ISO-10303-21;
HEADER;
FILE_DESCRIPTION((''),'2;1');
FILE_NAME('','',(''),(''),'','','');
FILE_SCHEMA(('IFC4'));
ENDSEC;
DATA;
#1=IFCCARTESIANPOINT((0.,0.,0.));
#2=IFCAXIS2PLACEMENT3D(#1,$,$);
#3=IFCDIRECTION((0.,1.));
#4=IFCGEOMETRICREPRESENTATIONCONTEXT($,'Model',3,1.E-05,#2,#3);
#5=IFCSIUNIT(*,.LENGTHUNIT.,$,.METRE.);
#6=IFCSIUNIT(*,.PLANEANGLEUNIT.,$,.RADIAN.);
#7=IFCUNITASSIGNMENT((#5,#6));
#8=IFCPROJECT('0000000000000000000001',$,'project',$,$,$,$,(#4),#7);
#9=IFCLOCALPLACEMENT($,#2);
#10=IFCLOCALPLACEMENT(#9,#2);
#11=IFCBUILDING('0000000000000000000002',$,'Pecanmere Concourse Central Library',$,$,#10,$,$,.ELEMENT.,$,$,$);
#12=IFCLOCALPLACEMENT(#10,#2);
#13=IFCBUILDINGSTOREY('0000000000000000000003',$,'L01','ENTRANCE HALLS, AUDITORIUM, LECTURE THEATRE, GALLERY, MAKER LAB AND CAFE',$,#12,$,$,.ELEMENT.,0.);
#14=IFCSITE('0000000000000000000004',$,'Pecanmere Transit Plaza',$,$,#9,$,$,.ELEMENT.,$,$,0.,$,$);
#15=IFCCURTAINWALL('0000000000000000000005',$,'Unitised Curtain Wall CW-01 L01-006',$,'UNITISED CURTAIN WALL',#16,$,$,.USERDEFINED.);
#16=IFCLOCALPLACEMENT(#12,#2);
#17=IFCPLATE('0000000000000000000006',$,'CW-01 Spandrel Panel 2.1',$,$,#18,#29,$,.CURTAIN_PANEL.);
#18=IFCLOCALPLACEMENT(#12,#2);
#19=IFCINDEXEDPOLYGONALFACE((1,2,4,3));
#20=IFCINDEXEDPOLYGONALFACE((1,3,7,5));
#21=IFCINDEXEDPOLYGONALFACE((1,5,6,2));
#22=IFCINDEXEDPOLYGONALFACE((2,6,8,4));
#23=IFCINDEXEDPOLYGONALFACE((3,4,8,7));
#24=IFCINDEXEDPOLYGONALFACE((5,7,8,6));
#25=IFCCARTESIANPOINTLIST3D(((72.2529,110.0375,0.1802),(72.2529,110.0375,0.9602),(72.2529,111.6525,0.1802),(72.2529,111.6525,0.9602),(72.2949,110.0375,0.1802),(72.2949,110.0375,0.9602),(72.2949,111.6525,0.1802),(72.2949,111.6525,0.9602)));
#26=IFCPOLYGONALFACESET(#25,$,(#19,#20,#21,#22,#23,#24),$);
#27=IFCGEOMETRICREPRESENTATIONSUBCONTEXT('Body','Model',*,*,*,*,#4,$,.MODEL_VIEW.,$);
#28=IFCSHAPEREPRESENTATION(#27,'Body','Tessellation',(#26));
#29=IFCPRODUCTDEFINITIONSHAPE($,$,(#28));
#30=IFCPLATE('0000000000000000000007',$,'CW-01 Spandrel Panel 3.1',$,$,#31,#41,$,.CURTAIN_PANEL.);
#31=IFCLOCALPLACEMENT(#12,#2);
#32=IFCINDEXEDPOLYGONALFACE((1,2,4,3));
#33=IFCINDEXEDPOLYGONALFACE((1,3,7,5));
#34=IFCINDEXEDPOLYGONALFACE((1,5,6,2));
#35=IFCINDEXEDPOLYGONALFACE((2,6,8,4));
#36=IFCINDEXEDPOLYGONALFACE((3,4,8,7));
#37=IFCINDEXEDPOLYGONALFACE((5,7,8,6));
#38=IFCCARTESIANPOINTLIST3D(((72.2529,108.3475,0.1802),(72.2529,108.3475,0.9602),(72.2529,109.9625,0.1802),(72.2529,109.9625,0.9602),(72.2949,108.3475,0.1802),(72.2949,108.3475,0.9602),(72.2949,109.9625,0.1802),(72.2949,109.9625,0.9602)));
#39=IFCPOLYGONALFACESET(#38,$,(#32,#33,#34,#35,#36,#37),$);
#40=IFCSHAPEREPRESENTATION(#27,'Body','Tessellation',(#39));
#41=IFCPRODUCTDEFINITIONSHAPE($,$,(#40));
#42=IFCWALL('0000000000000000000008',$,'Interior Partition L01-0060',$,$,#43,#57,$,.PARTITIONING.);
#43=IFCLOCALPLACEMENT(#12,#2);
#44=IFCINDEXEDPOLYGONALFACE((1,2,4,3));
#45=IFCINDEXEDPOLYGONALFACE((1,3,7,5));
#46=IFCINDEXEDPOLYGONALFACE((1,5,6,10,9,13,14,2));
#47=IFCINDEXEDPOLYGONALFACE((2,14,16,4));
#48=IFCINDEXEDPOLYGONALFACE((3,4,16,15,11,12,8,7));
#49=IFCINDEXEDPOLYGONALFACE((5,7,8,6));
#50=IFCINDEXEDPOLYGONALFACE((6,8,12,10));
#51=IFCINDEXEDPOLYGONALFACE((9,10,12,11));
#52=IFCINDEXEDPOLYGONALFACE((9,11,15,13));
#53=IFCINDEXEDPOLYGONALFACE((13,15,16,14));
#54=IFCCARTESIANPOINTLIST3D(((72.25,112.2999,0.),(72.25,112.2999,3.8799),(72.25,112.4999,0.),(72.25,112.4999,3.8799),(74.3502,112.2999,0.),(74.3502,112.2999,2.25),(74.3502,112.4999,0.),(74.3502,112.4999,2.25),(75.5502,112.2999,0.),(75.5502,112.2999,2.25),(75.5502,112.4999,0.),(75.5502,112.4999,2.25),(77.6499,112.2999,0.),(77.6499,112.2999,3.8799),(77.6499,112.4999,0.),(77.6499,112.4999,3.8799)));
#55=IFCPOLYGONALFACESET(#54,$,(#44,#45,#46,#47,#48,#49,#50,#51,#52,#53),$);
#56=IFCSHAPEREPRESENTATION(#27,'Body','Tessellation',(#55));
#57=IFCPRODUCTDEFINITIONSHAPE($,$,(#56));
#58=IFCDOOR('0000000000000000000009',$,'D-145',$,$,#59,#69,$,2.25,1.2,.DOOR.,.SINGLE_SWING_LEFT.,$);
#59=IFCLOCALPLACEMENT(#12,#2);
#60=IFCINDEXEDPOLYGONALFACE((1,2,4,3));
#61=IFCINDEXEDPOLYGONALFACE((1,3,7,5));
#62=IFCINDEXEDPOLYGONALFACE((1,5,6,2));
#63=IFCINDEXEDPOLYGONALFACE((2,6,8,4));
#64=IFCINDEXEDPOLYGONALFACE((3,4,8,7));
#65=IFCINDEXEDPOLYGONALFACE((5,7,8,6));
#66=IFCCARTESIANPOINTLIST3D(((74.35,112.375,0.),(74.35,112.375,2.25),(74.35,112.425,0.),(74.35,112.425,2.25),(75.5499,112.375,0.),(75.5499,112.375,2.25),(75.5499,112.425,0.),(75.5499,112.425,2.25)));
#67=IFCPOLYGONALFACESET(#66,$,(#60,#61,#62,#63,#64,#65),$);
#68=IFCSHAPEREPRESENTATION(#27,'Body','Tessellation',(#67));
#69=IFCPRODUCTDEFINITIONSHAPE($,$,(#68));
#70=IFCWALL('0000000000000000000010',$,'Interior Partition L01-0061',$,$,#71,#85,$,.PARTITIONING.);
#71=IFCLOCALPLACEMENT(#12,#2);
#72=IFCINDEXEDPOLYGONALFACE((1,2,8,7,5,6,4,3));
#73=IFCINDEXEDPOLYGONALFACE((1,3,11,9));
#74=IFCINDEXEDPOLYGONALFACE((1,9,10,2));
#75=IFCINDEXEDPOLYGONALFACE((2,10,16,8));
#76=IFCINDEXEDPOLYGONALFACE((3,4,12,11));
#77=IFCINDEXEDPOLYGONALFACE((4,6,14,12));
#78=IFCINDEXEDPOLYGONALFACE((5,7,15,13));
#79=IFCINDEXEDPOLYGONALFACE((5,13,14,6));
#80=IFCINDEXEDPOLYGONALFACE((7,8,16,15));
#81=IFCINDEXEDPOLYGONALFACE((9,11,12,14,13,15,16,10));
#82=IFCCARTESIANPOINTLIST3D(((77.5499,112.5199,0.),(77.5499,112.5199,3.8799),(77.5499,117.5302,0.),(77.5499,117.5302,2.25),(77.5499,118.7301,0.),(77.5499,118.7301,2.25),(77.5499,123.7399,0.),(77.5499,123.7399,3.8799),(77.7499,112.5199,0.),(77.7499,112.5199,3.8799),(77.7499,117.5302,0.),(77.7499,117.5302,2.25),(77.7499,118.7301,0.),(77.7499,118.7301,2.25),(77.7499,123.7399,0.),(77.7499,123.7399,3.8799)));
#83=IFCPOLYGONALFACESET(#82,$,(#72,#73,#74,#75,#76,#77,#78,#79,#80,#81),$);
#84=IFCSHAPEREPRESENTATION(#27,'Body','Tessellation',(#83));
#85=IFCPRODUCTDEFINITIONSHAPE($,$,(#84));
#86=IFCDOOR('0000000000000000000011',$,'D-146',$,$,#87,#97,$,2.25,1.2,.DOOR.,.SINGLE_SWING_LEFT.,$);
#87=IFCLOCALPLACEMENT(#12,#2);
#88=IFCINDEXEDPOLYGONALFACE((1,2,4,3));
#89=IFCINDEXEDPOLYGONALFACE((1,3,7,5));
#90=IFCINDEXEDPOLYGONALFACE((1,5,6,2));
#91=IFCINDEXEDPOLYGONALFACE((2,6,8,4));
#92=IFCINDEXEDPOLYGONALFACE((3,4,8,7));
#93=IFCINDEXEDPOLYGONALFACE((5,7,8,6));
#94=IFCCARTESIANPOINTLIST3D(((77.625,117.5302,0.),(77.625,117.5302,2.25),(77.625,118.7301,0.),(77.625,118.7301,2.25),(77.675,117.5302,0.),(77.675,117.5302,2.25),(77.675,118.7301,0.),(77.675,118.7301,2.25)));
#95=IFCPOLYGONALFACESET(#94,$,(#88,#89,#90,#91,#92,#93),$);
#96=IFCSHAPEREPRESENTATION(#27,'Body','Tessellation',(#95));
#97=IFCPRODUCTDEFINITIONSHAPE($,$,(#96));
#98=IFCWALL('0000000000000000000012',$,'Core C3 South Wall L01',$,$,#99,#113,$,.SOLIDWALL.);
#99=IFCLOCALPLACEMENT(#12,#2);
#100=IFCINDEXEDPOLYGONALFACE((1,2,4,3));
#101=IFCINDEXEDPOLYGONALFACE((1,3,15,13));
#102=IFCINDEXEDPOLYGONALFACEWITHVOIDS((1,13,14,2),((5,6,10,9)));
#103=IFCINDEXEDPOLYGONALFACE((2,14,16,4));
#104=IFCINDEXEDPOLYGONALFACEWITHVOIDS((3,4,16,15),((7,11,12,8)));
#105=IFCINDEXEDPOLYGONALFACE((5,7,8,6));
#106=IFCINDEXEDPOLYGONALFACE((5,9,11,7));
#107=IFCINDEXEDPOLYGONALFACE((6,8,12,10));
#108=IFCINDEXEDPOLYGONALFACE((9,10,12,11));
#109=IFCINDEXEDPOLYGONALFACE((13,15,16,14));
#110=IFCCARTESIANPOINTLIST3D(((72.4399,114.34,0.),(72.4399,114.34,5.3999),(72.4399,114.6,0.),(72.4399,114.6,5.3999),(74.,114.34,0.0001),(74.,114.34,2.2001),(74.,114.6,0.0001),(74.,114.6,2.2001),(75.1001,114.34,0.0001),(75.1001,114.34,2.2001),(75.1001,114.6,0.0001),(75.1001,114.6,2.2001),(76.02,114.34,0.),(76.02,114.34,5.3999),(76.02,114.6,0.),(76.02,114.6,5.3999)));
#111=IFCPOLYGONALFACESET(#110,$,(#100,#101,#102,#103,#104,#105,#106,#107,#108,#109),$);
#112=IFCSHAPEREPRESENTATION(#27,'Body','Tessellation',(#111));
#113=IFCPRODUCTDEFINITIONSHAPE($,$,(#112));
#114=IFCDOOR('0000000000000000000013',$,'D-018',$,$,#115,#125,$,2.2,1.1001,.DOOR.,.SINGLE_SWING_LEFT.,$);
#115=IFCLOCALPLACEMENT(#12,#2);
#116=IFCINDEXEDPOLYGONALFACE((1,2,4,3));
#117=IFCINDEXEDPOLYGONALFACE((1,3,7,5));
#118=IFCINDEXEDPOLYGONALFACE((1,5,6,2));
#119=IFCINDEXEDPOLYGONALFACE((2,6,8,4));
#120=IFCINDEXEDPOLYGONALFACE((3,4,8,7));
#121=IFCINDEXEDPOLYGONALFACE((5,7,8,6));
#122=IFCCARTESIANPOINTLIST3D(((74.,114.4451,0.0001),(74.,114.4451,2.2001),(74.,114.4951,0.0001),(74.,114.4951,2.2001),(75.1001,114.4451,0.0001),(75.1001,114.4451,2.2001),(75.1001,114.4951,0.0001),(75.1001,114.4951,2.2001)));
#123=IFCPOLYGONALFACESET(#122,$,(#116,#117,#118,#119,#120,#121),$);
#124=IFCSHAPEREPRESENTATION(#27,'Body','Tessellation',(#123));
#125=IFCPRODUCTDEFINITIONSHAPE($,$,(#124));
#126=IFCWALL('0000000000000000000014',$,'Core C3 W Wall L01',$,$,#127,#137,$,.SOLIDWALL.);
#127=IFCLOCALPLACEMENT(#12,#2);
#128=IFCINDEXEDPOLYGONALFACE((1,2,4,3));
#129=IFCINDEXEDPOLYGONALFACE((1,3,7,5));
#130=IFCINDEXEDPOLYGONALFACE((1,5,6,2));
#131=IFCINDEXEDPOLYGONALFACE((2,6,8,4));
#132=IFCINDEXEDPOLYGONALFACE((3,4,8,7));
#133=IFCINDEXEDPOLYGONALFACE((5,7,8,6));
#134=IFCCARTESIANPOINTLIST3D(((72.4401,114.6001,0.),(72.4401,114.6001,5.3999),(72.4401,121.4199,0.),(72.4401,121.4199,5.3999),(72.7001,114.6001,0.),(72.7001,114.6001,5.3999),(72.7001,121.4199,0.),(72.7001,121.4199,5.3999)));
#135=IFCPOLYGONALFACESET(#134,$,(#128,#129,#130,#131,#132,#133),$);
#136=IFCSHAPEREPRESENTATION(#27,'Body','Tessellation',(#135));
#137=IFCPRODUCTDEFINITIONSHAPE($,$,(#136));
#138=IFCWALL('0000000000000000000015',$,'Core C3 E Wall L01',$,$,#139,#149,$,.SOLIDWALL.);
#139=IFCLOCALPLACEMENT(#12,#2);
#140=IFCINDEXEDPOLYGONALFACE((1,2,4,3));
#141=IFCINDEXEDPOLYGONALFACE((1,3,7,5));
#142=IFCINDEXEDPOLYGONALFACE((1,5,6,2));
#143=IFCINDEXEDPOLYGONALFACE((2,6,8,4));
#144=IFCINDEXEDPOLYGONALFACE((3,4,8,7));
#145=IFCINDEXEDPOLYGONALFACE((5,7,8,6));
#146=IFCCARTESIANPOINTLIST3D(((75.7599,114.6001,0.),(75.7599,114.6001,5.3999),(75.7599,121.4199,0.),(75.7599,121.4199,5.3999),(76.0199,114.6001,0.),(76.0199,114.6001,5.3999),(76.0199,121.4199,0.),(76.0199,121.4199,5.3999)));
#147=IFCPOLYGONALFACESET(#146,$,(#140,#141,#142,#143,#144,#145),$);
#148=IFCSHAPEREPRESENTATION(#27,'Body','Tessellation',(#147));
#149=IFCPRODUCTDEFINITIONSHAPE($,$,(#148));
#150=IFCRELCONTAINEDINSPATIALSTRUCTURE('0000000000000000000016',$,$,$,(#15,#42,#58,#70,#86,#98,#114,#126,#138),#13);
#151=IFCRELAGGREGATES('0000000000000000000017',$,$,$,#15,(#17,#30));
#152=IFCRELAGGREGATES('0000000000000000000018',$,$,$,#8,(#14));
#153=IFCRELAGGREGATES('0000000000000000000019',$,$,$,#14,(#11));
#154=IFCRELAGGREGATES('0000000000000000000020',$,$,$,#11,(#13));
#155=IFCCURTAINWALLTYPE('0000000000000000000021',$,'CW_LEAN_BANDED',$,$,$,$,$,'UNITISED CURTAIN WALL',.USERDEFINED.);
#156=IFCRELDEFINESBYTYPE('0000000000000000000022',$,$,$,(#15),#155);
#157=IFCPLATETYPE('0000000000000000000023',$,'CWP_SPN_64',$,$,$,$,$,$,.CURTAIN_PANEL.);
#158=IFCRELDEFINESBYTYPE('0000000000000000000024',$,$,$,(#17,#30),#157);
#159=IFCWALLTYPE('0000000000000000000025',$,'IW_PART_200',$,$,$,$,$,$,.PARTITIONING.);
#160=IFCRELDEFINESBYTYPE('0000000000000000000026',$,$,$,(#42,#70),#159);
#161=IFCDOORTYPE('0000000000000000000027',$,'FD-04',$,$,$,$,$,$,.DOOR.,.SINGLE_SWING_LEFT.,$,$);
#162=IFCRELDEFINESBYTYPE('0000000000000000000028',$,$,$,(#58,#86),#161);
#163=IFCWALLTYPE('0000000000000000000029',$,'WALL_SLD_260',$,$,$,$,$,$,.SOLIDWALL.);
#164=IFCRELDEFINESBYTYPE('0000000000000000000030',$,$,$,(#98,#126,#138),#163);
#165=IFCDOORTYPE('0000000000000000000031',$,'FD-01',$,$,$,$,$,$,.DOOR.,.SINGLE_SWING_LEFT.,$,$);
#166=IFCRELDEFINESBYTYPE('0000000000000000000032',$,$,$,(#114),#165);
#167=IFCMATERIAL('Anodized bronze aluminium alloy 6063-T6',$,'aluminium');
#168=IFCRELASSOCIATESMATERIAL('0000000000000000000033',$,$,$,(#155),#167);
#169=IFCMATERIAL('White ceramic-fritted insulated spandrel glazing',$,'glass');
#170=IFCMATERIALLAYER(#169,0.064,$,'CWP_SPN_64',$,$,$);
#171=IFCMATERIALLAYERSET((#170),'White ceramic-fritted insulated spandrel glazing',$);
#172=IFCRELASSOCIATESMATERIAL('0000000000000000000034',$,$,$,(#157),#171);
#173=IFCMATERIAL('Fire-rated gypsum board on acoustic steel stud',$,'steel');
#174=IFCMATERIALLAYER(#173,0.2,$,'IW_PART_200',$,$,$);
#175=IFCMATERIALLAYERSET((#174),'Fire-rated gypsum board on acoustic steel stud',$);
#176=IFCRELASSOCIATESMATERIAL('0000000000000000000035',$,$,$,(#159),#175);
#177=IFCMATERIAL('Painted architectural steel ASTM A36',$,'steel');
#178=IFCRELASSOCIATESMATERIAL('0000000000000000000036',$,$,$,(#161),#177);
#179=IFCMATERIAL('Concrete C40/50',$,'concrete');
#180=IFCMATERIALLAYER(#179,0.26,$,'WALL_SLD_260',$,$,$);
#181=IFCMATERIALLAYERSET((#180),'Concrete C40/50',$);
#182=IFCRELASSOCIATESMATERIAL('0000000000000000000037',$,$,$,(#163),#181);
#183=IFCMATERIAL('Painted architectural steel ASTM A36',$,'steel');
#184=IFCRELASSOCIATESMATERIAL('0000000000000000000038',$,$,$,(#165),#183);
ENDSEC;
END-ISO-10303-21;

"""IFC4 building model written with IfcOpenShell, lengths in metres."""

from ifc_helpers import new_model, si_unit, direction, frame, frame_2d, origin, origin_2d, place, context, subcontext, project, spatial, rectangle, extrude, material, layer, layer_set, type_object, element, fill, aggregate, save


model = new_model("IFC4")

# Units and contexts
model_context = context("Model", 3, precision=1e-05, world=origin(), true_north=direction((0.0, 1.0)))
body_context = subcontext(model_context, "Body", "Model", "MODEL_VIEW")
ifc_project = project(units=[si_unit("LENGTHUNIT", "METRE"), si_unit("PLANEANGLEUNIT", "RADIAN")], contexts=[model_context])

# Site, building, storey
site_placement = place(None, origin())
site = spatial("IfcSite", under=ifc_project, at=site_placement, Name="Pecanmere Transit Plaza", CompositionType="ELEMENT", RefElevation=0.0)
building_placement = place(site_placement, origin())
building = spatial("IfcBuilding", under=site, at=building_placement, Name="Pecanmere Concourse Central Library", CompositionType="ELEMENT")
storey_placement = place(building_placement, origin())
storey = spatial("IfcBuildingStorey", under=building, at=storey_placement, Name="L01", Description="ENTRANCE HALLS, AUDITORIUM, LECTURE THEATRE, GALLERY, MAKER LAB AND CAFE", CompositionType="ELEMENT", Elevation=0.0)

# Shared definitions
ifc_material_1 = material(Name="Anodized bronze aluminium alloy 6063-T6", Category="aluminium")
curtain_wall_type = type_object("IfcCurtainWallType", Name="CW_LEAN_BANDED", ElementType="UNITISED CURTAIN WALL", PredefinedType="USERDEFINED", material=ifc_material_1)

# Curtain wall
curtain_wall_1_placement = place(storey_placement, origin())
curtain_wall_1 = element("IfcCurtainWall", 1, at=curtain_wall_1_placement, inside=storey, type_object=curtain_wall_type, Name="Unitised Curtain Wall CW-01 L01-006", ObjectType="UNITISED CURTAIN WALL", PredefinedType="USERDEFINED")

# Plates
ifc_material_2 = material(Name="White ceramic-fritted insulated spandrel glazing", Category="glass")
ifc_layer_1 = layer(ifc_material_2, 0.064, Name="CWP_SPN_64")
ifc_layer_set_1 = layer_set([ifc_layer_1], Name="White ceramic-fritted insulated spandrel glazing")
plate_type = type_object("IfcPlateType", Name="CWP_SPN_64", PredefinedType="CURTAIN_PANEL", material=ifc_layer_set_1)
plate_1_placement = place(storey_placement, frame((72.2739, 110.845, 0.1802), z_axis=(0.0, 0.0, 1.0), x_axis=(0.0, -1.0, 0.0)))
plate_1 = element("IfcPlate", 2, at=plate_1_placement, type_object=plate_type, Name="CW-01 Spandrel Panel 2.1", PredefinedType="CURTAIN_PANEL", context=body_context, shape_type="SweptSolid", body=[
    extrude(rectangle(XDim=1.615, YDim=0.042, at=origin_2d()), origin(), (0.0, 0.0, 1.0), 0.78),
])
plate_2_placement = place(storey_placement, frame((72.2739, 109.155, 0.1802), z_axis=(0.0, 0.0, 1.0), x_axis=(0.0, -1.0, 0.0)))
plate_2 = element("IfcPlate", 3, at=plate_2_placement, type_object=plate_type, Name="CW-01 Spandrel Panel 3.1", PredefinedType="CURTAIN_PANEL", context=body_context, shape_type="SweptSolid", body=[
    extrude(rectangle(XDim=1.615, YDim=0.042, at=origin_2d()), origin(), (0.0, 0.0, 1.0), 0.78),
])
aggregate(curtain_wall_1, [plate_1, plate_2])

# Walls, openings, doors
ifc_material_3 = material(Name="Fire-rated gypsum board on acoustic steel stud", Category="steel")
ifc_layer_2 = layer(ifc_material_3, 0.2, Name="IW_PART_200")
ifc_layer_set_2 = layer_set([ifc_layer_2], Name="Fire-rated gypsum board on acoustic steel stud")
wall_type_1 = type_object("IfcWallType", Name="IW_PART_200", PredefinedType="PARTITIONING", material=ifc_layer_set_2)
wall_1_placement = place(storey_placement, frame((72.25, 112.3999, 0.0), z_axis=(0.0, 0.0, 1.0), x_axis=(1.0, 0.0, 0.0)))
wall_1 = element("IfcWall", 4, at=wall_1_placement, inside=storey, type_object=wall_type_1, Name="Interior Partition L01-0060", PredefinedType="PARTITIONING", context=body_context, shape_type="SweptSolid", body=[
    extrude(rectangle(XDim=5.3999, YDim=0.2, at=frame_2d((2.7, 0.0))), origin(), (0.0, 0.0, 1.0), 3.8799),
])
opening_1_placement = place(wall_1_placement, frame((2.1001, 0.0, 0.0)))
opening_1 = element("IfcOpeningElement", 5, at=opening_1_placement, cuts=wall_1, PredefinedType="OPENING", context=body_context, shape_type="SweptSolid", body=[
    extrude(rectangle(XDim=1.2, YDim=2.25, at=frame_2d((0.6001, 1.125))), frame((0.0, 0.1118, 0.0), z_axis=(0.0, -1.0, 0.0), x_axis=(1.0, 0.0, 0.0)), (0.0, 0.0, 1.0), 0.2239),
])
ifc_material_4 = material(Name="Painted architectural steel ASTM A36", Category="steel")
door_type_1 = type_object("IfcDoorType", Name="FD-04", OperationType="SINGLE_SWING_LEFT", PredefinedType="DOOR", material=ifc_material_4)
door_1_placement = place(opening_1_placement, frame((1.2, 0.0, 0.0), z_axis=(0.0, 0.0, 1.0), x_axis=(-1.0, 0.0, 0.0)))
door_1 = element("IfcDoor", 6, at=door_1_placement, inside=storey, type_object=door_type_1, Name="D-145", OperationType="SINGLE_SWING_LEFT", OverallHeight=2.25, OverallWidth=1.2, PredefinedType="DOOR", context=body_context, shape_type="SweptSolid", body=[
    extrude(rectangle(XDim=1.2, YDim=2.25, at=frame_2d((0.6001, 1.125))), frame((0.0, 0.0249, 0.0), z_axis=(0.0, -1.0, 0.0), x_axis=(1.0, 0.0, 0.0)), (0.0, 0.0, 1.0), 0.05),
])
fill(opening_1, door_1)
wall_2_placement = place(storey_placement, frame((77.6499, 112.52, 0.0), z_axis=(0.0, 0.0, 1.0), x_axis=(0.0, 1.0, 0.0)))
wall_2 = element("IfcWall", 7, at=wall_2_placement, inside=storey, type_object=wall_type_1, Name="Interior Partition L01-0061", PredefinedType="PARTITIONING", context=body_context, shape_type="SweptSolid", body=[
    extrude(rectangle(XDim=11.22, YDim=0.2, at=frame_2d((5.6099, 0.0))), origin(), (0.0, 0.0, 1.0), 3.8799),
])
opening_2_placement = place(wall_2_placement, frame((5.01, 0.0, 0.0)))
opening_2 = element("IfcOpeningElement", 8, at=opening_2_placement, cuts=wall_2, PredefinedType="OPENING", context=body_context, shape_type="SweptSolid", body=[
    extrude(rectangle(XDim=1.2, YDim=2.25, at=frame_2d((0.6001, 1.125))), frame((0.0, 0.1118, 0.0), z_axis=(0.0, -1.0, 0.0), x_axis=(1.0, 0.0, 0.0)), (0.0, 0.0, 1.0), 0.2239),
])
door_2_placement = place(opening_2_placement, origin())
door_2 = element("IfcDoor", 9, at=door_2_placement, inside=storey, type_object=door_type_1, Name="D-146", OperationType="SINGLE_SWING_LEFT", OverallHeight=2.25, OverallWidth=1.2, PredefinedType="DOOR", context=body_context, shape_type="SweptSolid", body=[
    extrude(rectangle(XDim=1.2, YDim=2.25, at=frame_2d((0.6001, 1.125))), frame((0.0, 0.0249, 0.0), z_axis=(0.0, -1.0, 0.0), x_axis=(1.0, 0.0, 0.0)), (0.0, 0.0, 1.0), 0.05),
])
fill(opening_2, door_2)
ifc_material_5 = material(Name="Concrete C40/50", Category="concrete")
ifc_layer_3 = layer(ifc_material_5, 0.26, Name="WALL_SLD_260")
ifc_layer_set_3 = layer_set([ifc_layer_3], Name="Concrete C40/50")
wall_type_2 = type_object("IfcWallType", Name="WALL_SLD_260", PredefinedType="SOLIDWALL", material=ifc_layer_set_3)
wall_3_placement = place(storey_placement, frame((72.4399, 114.47, 0.0), z_axis=(0.0, 0.0, 1.0), x_axis=(1.0, 0.0, 0.0)))
wall_3 = element("IfcWall", 10, at=wall_3_placement, inside=storey, type_object=wall_type_2, Name="Core C3 South Wall L01", PredefinedType="SOLIDWALL", context=body_context, shape_type="SweptSolid", body=[
    extrude(rectangle(XDim=3.5801, YDim=0.26, at=frame_2d((1.79, 0.0))), origin(), (0.0, 0.0, 1.0), 5.3999),
])
opening_3_placement = place(wall_3_placement, frame((1.5601, 0.0, 0.0)))
opening_3 = element("IfcOpeningElement", 11, at=opening_3_placement, cuts=wall_3, PredefinedType="OPENING", context=body_context, shape_type="SweptSolid", body=[
    extrude(rectangle(XDim=1.1001, YDim=2.2, at=frame_2d((0.55, 1.1001))), frame((0.0, 0.1421, 0.0), z_axis=(0.0, -1.0, 0.0), x_axis=(1.0, 0.0, 0.0)), (0.0, 0.0, 1.0), 0.2839),
])
ifc_material_6 = material(Name="Painted architectural steel ASTM A36", Category="steel")
door_type_2 = type_object("IfcDoorType", Name="FD-01", OperationType="SINGLE_SWING_LEFT", PredefinedType="DOOR", material=ifc_material_6)
door_3_placement = place(opening_3_placement, frame((1.1001, 0.0, 0.0), z_axis=(0.0, 0.0, 1.0), x_axis=(-1.0, 0.0, 0.0)))
door_3 = element("IfcDoor", 12, at=door_3_placement, inside=storey, type_object=door_type_2, Name="D-018", OperationType="SINGLE_SWING_LEFT", OverallHeight=2.2, OverallWidth=1.1001, PredefinedType="DOOR", context=body_context, shape_type="SweptSolid", body=[
    extrude(rectangle(XDim=1.1001, YDim=2.2, at=frame_2d((0.55, 1.1001))), frame((0.0, 0.0249, 0.0), z_axis=(0.0, -1.0, 0.0), x_axis=(1.0, 0.0, 0.0)), (0.0, 0.0, 1.0), 0.05),
])
fill(opening_3, door_3)

# Walls
for number, where, z_axis, x_axis, name in (
    (13, (72.5701, 114.6001, 0.0), (0.0, 0.0, 1.0), (0.0, 1.0, 0.0), "Core C3 W Wall L01"),
    (14, (75.8899, 114.6001, 0.0), (0.0, 0.0, 1.0), (0.0, 1.0, 0.0), "Core C3 E Wall L01"),
):
    element("IfcWall", number, at=place(storey_placement, frame(where, z_axis=z_axis, x_axis=x_axis)), inside=storey, type_object=wall_type_2, Name=name, PredefinedType="SOLIDWALL", context=body_context, shape_type="SweptSolid", body=[
        extrude(rectangle(XDim=6.8198, YDim=0.26, at=frame_2d((3.4099, 0.0))), origin(), (0.0, 0.0, 1.0), 5.3999),
    ])

save(model, "model.ifc")
